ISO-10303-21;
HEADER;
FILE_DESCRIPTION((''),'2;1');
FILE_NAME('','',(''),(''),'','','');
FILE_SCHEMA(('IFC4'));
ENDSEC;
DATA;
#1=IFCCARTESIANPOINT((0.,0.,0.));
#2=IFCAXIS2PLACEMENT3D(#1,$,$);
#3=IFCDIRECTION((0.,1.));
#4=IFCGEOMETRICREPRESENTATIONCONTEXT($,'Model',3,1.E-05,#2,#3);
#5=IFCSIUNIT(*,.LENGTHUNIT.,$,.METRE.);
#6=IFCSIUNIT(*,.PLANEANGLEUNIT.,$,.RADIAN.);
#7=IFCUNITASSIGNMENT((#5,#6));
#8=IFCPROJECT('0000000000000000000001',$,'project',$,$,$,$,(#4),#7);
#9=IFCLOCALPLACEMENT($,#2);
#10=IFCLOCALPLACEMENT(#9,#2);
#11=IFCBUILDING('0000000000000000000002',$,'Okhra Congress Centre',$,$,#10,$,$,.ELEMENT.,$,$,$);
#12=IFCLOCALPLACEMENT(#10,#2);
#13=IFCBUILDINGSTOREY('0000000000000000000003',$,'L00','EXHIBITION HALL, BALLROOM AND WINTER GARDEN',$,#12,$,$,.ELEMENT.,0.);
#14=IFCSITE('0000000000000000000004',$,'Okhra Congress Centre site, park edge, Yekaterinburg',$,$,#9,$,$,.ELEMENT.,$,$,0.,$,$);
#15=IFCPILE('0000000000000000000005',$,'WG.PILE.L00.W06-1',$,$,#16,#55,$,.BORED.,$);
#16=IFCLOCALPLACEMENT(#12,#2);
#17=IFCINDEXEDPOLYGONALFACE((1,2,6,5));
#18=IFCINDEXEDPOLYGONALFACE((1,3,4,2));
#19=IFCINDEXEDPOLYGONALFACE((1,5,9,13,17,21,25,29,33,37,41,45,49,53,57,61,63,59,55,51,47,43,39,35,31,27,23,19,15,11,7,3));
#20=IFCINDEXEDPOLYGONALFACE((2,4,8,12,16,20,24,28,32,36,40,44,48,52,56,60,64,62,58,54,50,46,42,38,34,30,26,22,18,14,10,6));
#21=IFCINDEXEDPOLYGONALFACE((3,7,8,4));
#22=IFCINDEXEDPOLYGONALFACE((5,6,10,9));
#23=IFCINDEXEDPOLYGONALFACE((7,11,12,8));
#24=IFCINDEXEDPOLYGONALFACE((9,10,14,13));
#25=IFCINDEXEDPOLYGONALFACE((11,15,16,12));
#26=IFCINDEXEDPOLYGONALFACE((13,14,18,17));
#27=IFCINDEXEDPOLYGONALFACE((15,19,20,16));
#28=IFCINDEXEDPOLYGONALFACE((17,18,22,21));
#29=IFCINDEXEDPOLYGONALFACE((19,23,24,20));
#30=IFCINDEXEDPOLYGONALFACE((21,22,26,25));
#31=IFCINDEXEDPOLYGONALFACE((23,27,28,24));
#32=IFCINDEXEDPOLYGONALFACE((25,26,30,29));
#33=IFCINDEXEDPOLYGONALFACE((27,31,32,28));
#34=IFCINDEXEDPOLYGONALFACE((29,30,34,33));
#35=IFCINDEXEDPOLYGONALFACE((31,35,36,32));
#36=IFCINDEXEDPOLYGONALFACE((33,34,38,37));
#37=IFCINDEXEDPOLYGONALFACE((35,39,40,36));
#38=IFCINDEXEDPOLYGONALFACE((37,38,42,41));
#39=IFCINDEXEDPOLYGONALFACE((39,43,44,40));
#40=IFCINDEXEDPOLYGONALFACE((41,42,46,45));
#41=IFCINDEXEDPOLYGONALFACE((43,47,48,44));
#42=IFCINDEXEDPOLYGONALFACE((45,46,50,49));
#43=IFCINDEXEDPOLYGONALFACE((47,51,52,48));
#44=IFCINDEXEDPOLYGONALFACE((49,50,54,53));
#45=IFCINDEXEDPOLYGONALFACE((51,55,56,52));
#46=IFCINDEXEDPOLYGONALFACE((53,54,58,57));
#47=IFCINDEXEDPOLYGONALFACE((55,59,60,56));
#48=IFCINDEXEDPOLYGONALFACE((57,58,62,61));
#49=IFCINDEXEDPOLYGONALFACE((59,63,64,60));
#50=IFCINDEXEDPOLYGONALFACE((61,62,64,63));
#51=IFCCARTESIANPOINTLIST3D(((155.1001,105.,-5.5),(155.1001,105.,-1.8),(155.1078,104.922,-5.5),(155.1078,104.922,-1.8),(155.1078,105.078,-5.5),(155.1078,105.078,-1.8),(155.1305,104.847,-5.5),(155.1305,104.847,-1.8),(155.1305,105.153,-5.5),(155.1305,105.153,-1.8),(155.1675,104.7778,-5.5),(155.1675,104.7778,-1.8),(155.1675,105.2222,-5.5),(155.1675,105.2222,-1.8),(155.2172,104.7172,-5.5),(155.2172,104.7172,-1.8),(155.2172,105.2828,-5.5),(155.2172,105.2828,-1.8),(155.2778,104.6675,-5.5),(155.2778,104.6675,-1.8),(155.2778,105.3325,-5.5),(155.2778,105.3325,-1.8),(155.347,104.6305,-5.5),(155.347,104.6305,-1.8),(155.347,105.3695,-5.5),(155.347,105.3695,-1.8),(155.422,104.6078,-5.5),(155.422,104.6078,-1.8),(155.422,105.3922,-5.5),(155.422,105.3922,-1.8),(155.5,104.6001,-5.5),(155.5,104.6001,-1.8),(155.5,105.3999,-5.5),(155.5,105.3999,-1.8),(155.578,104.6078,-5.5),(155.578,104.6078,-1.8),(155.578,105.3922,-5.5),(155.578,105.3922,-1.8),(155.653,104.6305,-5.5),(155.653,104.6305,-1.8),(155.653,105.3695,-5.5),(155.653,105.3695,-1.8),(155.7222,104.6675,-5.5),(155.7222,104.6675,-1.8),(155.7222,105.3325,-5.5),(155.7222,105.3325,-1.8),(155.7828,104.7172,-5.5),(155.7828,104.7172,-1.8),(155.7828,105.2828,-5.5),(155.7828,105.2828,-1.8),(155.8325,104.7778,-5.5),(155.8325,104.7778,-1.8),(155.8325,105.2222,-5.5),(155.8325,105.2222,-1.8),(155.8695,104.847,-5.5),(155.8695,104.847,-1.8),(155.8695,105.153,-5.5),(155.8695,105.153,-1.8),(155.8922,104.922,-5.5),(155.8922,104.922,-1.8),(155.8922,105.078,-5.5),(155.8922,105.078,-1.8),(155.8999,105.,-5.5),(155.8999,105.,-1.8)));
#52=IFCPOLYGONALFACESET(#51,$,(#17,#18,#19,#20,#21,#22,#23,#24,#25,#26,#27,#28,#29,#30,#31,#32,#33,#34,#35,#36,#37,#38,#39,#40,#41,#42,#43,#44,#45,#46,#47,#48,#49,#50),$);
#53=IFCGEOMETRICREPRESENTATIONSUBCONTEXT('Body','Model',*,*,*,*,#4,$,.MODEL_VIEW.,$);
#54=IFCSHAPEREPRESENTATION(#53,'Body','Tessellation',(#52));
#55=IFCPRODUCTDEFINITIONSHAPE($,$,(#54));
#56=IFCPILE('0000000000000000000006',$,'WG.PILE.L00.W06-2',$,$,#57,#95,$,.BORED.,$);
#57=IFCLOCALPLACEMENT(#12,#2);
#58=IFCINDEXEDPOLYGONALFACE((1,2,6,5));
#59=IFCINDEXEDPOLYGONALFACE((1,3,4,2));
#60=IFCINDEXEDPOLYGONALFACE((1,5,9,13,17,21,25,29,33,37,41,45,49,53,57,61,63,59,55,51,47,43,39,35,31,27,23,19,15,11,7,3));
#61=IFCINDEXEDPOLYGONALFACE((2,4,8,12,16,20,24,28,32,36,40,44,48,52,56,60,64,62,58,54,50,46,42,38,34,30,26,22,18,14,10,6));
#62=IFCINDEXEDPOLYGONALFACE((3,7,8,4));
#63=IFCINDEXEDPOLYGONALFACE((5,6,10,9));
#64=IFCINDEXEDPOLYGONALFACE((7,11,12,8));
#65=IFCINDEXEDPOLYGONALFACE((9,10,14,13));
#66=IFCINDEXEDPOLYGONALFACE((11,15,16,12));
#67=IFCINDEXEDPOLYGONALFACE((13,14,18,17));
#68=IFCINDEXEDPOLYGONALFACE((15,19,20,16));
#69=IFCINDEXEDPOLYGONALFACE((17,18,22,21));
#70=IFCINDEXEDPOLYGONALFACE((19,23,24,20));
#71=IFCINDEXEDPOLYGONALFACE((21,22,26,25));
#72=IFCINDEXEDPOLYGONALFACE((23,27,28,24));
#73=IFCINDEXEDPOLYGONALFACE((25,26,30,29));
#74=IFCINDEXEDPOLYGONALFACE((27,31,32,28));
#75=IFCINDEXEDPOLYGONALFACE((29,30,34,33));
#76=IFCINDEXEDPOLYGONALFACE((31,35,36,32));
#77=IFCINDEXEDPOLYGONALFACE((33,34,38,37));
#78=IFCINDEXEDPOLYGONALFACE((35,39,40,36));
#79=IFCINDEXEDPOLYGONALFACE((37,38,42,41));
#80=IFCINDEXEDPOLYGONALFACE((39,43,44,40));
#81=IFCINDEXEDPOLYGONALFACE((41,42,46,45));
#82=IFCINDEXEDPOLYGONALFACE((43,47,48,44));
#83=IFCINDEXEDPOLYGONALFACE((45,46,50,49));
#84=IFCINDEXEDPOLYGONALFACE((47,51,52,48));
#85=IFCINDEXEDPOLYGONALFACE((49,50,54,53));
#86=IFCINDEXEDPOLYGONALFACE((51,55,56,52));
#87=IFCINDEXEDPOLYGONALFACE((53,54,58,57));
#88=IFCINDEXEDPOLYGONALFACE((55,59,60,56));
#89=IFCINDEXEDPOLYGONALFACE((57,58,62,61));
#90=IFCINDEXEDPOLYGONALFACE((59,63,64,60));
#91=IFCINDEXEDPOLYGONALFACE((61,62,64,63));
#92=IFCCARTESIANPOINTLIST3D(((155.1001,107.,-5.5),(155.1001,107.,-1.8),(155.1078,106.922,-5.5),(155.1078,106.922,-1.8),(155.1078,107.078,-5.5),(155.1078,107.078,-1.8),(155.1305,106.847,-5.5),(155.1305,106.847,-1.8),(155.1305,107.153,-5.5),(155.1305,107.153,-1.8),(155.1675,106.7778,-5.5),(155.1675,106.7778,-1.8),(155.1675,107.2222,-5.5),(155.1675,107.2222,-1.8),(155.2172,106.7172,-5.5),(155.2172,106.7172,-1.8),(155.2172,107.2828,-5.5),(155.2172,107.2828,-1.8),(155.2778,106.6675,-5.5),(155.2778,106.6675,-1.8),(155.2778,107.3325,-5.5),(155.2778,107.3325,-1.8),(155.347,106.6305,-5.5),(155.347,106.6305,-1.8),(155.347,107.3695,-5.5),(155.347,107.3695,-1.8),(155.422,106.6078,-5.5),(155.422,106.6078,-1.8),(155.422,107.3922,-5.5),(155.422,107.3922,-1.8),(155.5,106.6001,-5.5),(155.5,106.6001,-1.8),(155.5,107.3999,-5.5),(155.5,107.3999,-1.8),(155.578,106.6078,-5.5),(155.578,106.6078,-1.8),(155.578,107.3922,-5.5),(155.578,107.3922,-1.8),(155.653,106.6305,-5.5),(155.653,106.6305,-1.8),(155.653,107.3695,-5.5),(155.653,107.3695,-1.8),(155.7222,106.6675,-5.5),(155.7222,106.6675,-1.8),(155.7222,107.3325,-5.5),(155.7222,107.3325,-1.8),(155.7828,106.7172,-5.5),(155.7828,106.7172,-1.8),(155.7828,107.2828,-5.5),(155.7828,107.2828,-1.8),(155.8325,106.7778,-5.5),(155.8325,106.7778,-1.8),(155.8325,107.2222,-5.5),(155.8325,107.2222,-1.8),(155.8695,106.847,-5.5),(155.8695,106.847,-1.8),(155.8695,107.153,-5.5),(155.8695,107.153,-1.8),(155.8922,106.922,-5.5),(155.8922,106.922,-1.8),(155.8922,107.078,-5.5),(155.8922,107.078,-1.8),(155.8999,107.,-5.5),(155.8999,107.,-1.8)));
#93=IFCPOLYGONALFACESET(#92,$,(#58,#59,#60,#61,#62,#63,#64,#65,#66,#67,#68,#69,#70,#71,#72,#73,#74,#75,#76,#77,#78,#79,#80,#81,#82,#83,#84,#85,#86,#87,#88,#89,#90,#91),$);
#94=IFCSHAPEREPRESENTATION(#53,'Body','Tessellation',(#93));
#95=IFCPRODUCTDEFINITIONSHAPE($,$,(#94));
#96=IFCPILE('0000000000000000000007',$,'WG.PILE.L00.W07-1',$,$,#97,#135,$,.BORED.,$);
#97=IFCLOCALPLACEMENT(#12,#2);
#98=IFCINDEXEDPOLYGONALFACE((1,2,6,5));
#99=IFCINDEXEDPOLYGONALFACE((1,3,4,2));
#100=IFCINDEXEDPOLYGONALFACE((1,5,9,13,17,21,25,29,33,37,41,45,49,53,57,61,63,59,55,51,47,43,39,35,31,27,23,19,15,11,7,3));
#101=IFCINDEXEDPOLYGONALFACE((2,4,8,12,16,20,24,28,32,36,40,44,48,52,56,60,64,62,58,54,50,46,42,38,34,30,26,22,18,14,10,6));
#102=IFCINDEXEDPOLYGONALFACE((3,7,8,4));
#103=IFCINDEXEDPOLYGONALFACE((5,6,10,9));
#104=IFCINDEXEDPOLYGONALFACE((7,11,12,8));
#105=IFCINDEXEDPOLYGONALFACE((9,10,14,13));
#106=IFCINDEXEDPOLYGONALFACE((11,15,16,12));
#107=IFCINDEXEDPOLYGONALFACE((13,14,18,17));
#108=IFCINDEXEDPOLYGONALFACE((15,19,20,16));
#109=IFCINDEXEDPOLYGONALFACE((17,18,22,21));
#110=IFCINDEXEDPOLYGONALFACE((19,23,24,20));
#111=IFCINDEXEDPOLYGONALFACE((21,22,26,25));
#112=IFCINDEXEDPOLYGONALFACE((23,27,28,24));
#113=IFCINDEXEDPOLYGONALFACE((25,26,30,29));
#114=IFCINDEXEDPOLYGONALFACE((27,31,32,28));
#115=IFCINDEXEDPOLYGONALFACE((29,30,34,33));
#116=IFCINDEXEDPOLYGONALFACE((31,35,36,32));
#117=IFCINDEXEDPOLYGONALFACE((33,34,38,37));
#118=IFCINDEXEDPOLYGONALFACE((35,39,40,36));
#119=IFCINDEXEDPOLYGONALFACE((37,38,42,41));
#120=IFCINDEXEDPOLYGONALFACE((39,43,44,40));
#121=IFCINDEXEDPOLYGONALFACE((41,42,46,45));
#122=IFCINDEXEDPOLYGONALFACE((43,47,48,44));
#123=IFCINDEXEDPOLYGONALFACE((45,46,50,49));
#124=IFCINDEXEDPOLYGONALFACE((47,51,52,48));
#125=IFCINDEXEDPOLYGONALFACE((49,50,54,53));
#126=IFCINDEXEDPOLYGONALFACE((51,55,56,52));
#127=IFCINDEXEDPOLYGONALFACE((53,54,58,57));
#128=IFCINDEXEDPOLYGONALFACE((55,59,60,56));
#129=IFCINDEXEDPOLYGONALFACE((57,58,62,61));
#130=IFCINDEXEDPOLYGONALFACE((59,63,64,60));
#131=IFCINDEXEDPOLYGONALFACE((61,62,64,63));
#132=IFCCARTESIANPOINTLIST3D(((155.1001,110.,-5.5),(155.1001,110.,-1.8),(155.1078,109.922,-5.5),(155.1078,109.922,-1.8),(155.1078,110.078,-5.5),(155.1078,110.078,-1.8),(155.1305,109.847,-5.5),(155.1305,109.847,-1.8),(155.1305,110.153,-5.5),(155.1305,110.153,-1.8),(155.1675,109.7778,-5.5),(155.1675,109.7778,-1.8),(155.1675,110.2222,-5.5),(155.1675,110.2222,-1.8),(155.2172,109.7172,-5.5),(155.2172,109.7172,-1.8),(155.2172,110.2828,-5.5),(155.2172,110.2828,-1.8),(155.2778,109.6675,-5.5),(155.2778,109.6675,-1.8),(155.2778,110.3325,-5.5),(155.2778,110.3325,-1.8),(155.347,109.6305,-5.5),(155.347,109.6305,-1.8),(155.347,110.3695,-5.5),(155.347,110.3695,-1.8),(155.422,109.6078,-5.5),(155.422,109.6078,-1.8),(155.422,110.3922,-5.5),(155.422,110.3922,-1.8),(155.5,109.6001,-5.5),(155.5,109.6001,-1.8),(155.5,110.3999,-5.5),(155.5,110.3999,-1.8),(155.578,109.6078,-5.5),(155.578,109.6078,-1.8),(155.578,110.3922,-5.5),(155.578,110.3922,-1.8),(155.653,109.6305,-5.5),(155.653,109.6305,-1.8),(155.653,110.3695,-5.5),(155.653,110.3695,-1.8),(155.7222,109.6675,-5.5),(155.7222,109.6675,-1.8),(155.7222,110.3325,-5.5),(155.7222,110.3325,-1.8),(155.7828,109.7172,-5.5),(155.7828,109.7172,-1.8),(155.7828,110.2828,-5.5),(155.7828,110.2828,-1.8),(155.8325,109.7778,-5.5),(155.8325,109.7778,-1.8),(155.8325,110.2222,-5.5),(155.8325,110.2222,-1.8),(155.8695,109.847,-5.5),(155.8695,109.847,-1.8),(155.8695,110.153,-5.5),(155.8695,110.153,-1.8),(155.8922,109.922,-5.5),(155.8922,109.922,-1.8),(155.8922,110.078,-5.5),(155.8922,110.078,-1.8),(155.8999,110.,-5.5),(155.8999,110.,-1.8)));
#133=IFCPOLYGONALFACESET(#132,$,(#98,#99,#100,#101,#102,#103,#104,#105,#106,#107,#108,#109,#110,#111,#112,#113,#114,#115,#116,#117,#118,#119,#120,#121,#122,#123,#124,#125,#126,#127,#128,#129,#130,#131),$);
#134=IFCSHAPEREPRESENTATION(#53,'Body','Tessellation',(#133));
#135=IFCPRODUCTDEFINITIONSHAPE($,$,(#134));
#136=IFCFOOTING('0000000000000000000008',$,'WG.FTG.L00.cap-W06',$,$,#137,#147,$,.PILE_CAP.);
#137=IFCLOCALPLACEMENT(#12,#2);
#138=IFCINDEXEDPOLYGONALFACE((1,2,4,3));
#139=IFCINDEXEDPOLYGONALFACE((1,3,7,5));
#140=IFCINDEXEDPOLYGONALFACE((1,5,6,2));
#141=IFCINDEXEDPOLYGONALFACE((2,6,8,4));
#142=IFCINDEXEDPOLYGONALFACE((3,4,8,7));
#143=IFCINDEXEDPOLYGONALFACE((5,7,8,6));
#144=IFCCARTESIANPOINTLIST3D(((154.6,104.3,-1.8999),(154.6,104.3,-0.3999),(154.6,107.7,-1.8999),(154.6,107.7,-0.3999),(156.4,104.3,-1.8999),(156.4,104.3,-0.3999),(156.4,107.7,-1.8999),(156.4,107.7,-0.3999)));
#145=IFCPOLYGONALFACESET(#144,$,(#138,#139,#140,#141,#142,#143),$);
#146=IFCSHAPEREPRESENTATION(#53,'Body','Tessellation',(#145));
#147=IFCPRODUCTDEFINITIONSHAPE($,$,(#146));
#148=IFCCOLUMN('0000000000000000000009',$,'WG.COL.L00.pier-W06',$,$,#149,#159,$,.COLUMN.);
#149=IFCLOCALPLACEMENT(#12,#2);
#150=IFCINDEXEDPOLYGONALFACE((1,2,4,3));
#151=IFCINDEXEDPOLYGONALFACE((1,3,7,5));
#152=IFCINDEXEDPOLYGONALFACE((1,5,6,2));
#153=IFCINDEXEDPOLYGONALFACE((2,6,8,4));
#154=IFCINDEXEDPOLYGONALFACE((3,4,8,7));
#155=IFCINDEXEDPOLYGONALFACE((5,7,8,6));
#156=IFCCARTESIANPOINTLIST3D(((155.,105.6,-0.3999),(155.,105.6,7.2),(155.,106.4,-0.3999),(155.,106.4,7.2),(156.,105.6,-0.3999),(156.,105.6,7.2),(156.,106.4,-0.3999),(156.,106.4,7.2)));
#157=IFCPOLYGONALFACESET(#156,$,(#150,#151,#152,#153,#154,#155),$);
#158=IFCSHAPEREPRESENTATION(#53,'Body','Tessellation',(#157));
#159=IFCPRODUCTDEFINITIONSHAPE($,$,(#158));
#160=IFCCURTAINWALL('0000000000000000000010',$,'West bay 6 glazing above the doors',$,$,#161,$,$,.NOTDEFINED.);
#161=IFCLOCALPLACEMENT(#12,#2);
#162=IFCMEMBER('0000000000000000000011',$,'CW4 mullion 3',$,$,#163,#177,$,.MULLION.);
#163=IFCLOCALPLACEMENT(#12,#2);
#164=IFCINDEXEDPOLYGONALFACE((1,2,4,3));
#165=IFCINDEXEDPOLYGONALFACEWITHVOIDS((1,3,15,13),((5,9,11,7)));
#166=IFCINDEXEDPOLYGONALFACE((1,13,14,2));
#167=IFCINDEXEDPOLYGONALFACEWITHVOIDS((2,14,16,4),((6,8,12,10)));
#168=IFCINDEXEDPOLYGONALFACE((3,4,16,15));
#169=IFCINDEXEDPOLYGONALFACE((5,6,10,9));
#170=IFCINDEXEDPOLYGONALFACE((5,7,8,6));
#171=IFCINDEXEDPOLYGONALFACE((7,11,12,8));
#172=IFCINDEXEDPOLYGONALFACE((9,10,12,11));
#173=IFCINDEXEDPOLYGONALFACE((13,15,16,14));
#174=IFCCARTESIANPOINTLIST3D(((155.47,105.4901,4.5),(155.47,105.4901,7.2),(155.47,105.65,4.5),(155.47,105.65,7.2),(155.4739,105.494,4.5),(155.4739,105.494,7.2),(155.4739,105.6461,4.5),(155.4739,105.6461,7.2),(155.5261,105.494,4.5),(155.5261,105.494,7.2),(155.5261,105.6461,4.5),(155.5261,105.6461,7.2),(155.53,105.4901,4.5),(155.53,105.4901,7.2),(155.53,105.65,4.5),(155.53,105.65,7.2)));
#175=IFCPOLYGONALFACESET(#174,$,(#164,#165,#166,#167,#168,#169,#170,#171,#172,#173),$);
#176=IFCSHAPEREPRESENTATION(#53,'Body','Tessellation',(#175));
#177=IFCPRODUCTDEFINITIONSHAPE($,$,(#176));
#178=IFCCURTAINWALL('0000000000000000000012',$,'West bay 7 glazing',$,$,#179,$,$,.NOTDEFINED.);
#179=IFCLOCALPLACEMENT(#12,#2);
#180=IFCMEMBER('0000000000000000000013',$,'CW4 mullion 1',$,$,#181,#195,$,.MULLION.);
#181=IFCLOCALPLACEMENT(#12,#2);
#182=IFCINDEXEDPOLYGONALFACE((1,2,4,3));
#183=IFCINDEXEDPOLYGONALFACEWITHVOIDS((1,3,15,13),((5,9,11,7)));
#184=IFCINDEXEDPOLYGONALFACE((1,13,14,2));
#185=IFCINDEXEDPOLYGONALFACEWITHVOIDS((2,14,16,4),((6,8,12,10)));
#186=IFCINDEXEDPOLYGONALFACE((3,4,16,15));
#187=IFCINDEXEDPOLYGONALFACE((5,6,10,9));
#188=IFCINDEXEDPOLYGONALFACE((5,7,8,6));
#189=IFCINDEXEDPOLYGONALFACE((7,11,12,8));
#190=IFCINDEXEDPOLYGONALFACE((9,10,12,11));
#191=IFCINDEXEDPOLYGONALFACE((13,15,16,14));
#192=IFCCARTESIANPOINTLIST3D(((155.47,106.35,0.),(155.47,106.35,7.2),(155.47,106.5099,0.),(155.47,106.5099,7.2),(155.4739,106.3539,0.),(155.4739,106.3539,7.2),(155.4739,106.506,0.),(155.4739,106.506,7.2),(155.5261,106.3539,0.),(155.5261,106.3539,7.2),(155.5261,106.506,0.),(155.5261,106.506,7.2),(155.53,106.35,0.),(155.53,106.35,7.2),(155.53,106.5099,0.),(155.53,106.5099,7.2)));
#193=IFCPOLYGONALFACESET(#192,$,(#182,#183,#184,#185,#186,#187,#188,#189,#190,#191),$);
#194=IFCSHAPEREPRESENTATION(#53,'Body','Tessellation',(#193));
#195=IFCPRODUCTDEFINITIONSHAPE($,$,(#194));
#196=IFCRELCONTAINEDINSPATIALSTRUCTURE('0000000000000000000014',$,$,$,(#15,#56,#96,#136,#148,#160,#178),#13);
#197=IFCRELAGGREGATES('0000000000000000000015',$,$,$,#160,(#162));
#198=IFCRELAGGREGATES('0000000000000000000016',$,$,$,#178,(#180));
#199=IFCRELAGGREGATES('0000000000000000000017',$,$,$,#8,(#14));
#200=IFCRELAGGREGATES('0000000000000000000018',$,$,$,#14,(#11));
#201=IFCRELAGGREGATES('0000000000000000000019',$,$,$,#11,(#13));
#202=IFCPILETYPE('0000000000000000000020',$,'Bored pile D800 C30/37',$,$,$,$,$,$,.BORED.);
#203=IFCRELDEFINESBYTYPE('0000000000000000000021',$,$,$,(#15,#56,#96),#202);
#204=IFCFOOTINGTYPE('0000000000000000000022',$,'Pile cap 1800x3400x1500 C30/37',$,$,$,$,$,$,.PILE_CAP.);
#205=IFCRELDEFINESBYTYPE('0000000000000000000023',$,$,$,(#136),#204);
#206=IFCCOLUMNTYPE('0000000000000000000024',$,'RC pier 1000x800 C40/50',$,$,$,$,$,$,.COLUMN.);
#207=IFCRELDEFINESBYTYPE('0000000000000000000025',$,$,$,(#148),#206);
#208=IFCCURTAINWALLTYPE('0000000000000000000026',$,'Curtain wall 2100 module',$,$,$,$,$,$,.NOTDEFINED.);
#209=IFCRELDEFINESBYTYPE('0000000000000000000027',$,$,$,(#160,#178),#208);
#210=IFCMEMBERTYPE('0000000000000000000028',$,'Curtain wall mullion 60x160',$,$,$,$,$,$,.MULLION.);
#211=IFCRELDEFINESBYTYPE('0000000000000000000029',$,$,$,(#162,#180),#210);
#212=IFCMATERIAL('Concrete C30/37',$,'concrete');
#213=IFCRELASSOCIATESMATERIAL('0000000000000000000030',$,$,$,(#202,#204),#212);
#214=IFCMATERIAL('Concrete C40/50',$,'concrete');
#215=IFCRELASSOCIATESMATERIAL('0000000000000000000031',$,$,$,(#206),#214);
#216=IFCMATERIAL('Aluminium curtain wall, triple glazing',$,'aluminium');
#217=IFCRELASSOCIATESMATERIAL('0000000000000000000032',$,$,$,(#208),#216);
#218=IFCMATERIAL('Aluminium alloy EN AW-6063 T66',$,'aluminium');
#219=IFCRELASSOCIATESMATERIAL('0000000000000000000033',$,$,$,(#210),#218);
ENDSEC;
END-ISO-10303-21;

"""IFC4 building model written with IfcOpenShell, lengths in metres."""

from ifc_helpers import new_model, si_unit, direction, frame, origin, origin_2d, place, context, subcontext, project, spatial, rectangle, hollow_rectangle, circle, extrude, material, material_profile, profile_set, type_object, element, aggregate, save


model = new_model("IFC4")

# Units and contexts
model_context = context("Model", 3, precision=1e-05, world=origin(), true_north=direction((0.0, 1.0)))
body_context = subcontext(model_context, "Body", "Model", "MODEL_VIEW")
ifc_project = project(units=[si_unit("LENGTHUNIT", "METRE"), si_unit("PLANEANGLEUNIT", "RADIAN")], contexts=[model_context])

# Site, building, storey
site_placement = place(None, origin())
site = spatial("IfcSite", under=ifc_project, at=site_placement, Name="Okhra Congress Centre site, park edge, Yekaterinburg", CompositionType="ELEMENT", RefElevation=0.0)
building_placement = place(site_placement, origin())
building = spatial("IfcBuilding", under=site, at=building_placement, Name="Okhra Congress Centre", CompositionType="ELEMENT")
storey_placement = place(building_placement, origin())
storey = spatial("IfcBuildingStorey", under=building, at=storey_placement, Name="L00", Description="EXHIBITION HALL, BALLROOM AND WINTER GARDEN", CompositionType="ELEMENT", Elevation=0.0)

# Piles
ifc_material_1 = material(Name="Concrete C30/37", Category="concrete")
ifc_material_profile_1 = material_profile(ifc_material_1, circle(Radius=0.3999, at=origin_2d()), Name="D800")
ifc_profile_set_1 = profile_set([ifc_material_profile_1], Name="Concrete C30/37")
pile_type = type_object("IfcPileType", Name="Bored pile D800 C30/37", PredefinedType="BORED", material=ifc_profile_set_1)
for number, where, z_axis, x_axis, name in (
    (1, (155.5, 105.0, -1.8), (0.0, 0.0, -1.0), (1.0, 0.0, 0.0), "WG.PILE.L00.W06-1"),
    (2, (155.5, 107.0, -1.8), (0.0, 0.0, -1.0), (1.0, 0.0, 0.0), "WG.PILE.L00.W06-2"),
    (3, (155.5, 110.0, -1.8), (0.0, 0.0, -1.0), (1.0, 0.0, 0.0), "WG.PILE.L00.W07-1"),
):
    element("IfcPile", number, at=place(storey_placement, frame(where, z_axis=z_axis, x_axis=x_axis)), inside=storey, type_object=pile_type, Name=name, PredefinedType="BORED", context=body_context, shape_type="SweptSolid", body=[
        extrude(circle(Radius=0.3999, at=origin_2d()), origin(), (0.0, 0.0, 1.0), 3.7),
    ])

# Footing
footing_type = type_object("IfcFootingType", Name="Pile cap 1800x3400x1500 C30/37", PredefinedType="PILE_CAP", material=ifc_material_1)
footing_placement = place(storey_placement, frame((155.5, 106.0, -1.8999), z_axis=(0.0, 0.0, 1.0), x_axis=(1.0, 0.0, 0.0)))
element("IfcFooting", 4, at=footing_placement, inside=storey, type_object=footing_type, Name="WG.FTG.L00.cap-W06", PredefinedType="PILE_CAP", context=body_context, shape_type="SweptSolid", body=[
    extrude(rectangle(XDim=1.8, YDim=3.3999, at=origin_2d()), origin(), (0.0, 0.0, 1.0), 1.5),
])

# Column
ifc_material_2 = material(Name="Concrete C40/50", Category="concrete")
ifc_material_profile_2 = material_profile(ifc_material_2, rectangle(XDim=1.0, YDim=0.8, at=origin_2d()), Name="RC 1000x800")
ifc_profile_set_2 = profile_set([ifc_material_profile_2], Name="Concrete C40/50")
column_type = type_object("IfcColumnType", Name="RC pier 1000x800 C40/50", PredefinedType="COLUMN", material=ifc_profile_set_2)
column_placement = place(storey_placement, frame((155.5, 106.0, -0.3999), z_axis=(0.0, 0.0, 1.0), x_axis=(1.0, 0.0, 0.0)))
element("IfcColumn", 5, at=column_placement, inside=storey, type_object=column_type, Name="WG.COL.L00.pier-W06", PredefinedType="COLUMN", context=body_context, shape_type="SweptSolid", body=[
    extrude(rectangle(XDim=1.0, YDim=0.8, at=origin_2d()), origin(), (0.0, 0.0, 1.0), 7.5999),
])

# Curtain wall, member
ifc_material_3 = material(Name="Aluminium curtain wall, triple glazing", Category="aluminium")
curtain_wall_type = type_object("IfcCurtainWallType", Name="Curtain wall 2100 module", PredefinedType="NOTDEFINED", material=ifc_material_3)
curtain_wall_1_placement = place(storey_placement, origin())
curtain_wall_1 = element("IfcCurtainWall", 6, at=curtain_wall_1_placement, inside=storey, type_object=curtain_wall_type, Name="West bay 6 glazing above the doors", PredefinedType="NOTDEFINED")
ifc_material_4 = material(Name="Aluminium alloy EN AW-6063 T66", Category="aluminium")
ifc_material_profile_3 = material_profile(ifc_material_4, hollow_rectangle(XDim=0.0601, YDim=0.1599, WallThickness=0.0039, at=origin_2d()), Name="RHS 60x160x4")
ifc_profile_set_3 = profile_set([ifc_material_profile_3], Name="Aluminium alloy EN AW-6063 T66")
member_type_1 = type_object("IfcMemberType", Name="Curtain wall mullion 60x160", PredefinedType="MULLION", material=ifc_profile_set_3)
member_1_placement = place(storey_placement, frame((155.5, 105.5701, 4.5), z_axis=(0.0, 0.0, 1.0), x_axis=(-1.0, 0.0, 0.0)))
member_1 = element("IfcMember", 7, at=member_1_placement, type_object=member_type_1, Name="CW4 mullion 3", PredefinedType="MULLION", context=body_context, shape_type="SweptSolid", body=[
    extrude(hollow_rectangle(XDim=0.0601, YDim=0.1599, WallThickness=0.0039, at=origin_2d()), origin(), (0.0, 0.0, 1.0), 2.7),
])

# Curtain wall, member
curtain_wall_2_placement = place(storey_placement, origin())
curtain_wall_2 = element("IfcCurtainWall", 8, at=curtain_wall_2_placement, inside=storey, type_object=curtain_wall_type, Name="West bay 7 glazing", PredefinedType="NOTDEFINED")
member_2_placement = place(storey_placement, frame((155.5, 106.4299, 0.0), z_axis=(0.0, 0.0, 1.0), x_axis=(-1.0, 0.0, 0.0)))
member_2 = element("IfcMember", 9, at=member_2_placement, type_object=member_type_1, Name="CW4 mullion 1", PredefinedType="MULLION", context=body_context, shape_type="SweptSolid", body=[
    extrude(hollow_rectangle(XDim=0.0601, YDim=0.1599, WallThickness=0.0039, at=origin_2d()), origin(), (0.0, 0.0, 1.0), 7.2),
])

aggregate(curtain_wall_1, [member_1])
aggregate(curtain_wall_2, [member_2])

save(model, "model.ifc")
